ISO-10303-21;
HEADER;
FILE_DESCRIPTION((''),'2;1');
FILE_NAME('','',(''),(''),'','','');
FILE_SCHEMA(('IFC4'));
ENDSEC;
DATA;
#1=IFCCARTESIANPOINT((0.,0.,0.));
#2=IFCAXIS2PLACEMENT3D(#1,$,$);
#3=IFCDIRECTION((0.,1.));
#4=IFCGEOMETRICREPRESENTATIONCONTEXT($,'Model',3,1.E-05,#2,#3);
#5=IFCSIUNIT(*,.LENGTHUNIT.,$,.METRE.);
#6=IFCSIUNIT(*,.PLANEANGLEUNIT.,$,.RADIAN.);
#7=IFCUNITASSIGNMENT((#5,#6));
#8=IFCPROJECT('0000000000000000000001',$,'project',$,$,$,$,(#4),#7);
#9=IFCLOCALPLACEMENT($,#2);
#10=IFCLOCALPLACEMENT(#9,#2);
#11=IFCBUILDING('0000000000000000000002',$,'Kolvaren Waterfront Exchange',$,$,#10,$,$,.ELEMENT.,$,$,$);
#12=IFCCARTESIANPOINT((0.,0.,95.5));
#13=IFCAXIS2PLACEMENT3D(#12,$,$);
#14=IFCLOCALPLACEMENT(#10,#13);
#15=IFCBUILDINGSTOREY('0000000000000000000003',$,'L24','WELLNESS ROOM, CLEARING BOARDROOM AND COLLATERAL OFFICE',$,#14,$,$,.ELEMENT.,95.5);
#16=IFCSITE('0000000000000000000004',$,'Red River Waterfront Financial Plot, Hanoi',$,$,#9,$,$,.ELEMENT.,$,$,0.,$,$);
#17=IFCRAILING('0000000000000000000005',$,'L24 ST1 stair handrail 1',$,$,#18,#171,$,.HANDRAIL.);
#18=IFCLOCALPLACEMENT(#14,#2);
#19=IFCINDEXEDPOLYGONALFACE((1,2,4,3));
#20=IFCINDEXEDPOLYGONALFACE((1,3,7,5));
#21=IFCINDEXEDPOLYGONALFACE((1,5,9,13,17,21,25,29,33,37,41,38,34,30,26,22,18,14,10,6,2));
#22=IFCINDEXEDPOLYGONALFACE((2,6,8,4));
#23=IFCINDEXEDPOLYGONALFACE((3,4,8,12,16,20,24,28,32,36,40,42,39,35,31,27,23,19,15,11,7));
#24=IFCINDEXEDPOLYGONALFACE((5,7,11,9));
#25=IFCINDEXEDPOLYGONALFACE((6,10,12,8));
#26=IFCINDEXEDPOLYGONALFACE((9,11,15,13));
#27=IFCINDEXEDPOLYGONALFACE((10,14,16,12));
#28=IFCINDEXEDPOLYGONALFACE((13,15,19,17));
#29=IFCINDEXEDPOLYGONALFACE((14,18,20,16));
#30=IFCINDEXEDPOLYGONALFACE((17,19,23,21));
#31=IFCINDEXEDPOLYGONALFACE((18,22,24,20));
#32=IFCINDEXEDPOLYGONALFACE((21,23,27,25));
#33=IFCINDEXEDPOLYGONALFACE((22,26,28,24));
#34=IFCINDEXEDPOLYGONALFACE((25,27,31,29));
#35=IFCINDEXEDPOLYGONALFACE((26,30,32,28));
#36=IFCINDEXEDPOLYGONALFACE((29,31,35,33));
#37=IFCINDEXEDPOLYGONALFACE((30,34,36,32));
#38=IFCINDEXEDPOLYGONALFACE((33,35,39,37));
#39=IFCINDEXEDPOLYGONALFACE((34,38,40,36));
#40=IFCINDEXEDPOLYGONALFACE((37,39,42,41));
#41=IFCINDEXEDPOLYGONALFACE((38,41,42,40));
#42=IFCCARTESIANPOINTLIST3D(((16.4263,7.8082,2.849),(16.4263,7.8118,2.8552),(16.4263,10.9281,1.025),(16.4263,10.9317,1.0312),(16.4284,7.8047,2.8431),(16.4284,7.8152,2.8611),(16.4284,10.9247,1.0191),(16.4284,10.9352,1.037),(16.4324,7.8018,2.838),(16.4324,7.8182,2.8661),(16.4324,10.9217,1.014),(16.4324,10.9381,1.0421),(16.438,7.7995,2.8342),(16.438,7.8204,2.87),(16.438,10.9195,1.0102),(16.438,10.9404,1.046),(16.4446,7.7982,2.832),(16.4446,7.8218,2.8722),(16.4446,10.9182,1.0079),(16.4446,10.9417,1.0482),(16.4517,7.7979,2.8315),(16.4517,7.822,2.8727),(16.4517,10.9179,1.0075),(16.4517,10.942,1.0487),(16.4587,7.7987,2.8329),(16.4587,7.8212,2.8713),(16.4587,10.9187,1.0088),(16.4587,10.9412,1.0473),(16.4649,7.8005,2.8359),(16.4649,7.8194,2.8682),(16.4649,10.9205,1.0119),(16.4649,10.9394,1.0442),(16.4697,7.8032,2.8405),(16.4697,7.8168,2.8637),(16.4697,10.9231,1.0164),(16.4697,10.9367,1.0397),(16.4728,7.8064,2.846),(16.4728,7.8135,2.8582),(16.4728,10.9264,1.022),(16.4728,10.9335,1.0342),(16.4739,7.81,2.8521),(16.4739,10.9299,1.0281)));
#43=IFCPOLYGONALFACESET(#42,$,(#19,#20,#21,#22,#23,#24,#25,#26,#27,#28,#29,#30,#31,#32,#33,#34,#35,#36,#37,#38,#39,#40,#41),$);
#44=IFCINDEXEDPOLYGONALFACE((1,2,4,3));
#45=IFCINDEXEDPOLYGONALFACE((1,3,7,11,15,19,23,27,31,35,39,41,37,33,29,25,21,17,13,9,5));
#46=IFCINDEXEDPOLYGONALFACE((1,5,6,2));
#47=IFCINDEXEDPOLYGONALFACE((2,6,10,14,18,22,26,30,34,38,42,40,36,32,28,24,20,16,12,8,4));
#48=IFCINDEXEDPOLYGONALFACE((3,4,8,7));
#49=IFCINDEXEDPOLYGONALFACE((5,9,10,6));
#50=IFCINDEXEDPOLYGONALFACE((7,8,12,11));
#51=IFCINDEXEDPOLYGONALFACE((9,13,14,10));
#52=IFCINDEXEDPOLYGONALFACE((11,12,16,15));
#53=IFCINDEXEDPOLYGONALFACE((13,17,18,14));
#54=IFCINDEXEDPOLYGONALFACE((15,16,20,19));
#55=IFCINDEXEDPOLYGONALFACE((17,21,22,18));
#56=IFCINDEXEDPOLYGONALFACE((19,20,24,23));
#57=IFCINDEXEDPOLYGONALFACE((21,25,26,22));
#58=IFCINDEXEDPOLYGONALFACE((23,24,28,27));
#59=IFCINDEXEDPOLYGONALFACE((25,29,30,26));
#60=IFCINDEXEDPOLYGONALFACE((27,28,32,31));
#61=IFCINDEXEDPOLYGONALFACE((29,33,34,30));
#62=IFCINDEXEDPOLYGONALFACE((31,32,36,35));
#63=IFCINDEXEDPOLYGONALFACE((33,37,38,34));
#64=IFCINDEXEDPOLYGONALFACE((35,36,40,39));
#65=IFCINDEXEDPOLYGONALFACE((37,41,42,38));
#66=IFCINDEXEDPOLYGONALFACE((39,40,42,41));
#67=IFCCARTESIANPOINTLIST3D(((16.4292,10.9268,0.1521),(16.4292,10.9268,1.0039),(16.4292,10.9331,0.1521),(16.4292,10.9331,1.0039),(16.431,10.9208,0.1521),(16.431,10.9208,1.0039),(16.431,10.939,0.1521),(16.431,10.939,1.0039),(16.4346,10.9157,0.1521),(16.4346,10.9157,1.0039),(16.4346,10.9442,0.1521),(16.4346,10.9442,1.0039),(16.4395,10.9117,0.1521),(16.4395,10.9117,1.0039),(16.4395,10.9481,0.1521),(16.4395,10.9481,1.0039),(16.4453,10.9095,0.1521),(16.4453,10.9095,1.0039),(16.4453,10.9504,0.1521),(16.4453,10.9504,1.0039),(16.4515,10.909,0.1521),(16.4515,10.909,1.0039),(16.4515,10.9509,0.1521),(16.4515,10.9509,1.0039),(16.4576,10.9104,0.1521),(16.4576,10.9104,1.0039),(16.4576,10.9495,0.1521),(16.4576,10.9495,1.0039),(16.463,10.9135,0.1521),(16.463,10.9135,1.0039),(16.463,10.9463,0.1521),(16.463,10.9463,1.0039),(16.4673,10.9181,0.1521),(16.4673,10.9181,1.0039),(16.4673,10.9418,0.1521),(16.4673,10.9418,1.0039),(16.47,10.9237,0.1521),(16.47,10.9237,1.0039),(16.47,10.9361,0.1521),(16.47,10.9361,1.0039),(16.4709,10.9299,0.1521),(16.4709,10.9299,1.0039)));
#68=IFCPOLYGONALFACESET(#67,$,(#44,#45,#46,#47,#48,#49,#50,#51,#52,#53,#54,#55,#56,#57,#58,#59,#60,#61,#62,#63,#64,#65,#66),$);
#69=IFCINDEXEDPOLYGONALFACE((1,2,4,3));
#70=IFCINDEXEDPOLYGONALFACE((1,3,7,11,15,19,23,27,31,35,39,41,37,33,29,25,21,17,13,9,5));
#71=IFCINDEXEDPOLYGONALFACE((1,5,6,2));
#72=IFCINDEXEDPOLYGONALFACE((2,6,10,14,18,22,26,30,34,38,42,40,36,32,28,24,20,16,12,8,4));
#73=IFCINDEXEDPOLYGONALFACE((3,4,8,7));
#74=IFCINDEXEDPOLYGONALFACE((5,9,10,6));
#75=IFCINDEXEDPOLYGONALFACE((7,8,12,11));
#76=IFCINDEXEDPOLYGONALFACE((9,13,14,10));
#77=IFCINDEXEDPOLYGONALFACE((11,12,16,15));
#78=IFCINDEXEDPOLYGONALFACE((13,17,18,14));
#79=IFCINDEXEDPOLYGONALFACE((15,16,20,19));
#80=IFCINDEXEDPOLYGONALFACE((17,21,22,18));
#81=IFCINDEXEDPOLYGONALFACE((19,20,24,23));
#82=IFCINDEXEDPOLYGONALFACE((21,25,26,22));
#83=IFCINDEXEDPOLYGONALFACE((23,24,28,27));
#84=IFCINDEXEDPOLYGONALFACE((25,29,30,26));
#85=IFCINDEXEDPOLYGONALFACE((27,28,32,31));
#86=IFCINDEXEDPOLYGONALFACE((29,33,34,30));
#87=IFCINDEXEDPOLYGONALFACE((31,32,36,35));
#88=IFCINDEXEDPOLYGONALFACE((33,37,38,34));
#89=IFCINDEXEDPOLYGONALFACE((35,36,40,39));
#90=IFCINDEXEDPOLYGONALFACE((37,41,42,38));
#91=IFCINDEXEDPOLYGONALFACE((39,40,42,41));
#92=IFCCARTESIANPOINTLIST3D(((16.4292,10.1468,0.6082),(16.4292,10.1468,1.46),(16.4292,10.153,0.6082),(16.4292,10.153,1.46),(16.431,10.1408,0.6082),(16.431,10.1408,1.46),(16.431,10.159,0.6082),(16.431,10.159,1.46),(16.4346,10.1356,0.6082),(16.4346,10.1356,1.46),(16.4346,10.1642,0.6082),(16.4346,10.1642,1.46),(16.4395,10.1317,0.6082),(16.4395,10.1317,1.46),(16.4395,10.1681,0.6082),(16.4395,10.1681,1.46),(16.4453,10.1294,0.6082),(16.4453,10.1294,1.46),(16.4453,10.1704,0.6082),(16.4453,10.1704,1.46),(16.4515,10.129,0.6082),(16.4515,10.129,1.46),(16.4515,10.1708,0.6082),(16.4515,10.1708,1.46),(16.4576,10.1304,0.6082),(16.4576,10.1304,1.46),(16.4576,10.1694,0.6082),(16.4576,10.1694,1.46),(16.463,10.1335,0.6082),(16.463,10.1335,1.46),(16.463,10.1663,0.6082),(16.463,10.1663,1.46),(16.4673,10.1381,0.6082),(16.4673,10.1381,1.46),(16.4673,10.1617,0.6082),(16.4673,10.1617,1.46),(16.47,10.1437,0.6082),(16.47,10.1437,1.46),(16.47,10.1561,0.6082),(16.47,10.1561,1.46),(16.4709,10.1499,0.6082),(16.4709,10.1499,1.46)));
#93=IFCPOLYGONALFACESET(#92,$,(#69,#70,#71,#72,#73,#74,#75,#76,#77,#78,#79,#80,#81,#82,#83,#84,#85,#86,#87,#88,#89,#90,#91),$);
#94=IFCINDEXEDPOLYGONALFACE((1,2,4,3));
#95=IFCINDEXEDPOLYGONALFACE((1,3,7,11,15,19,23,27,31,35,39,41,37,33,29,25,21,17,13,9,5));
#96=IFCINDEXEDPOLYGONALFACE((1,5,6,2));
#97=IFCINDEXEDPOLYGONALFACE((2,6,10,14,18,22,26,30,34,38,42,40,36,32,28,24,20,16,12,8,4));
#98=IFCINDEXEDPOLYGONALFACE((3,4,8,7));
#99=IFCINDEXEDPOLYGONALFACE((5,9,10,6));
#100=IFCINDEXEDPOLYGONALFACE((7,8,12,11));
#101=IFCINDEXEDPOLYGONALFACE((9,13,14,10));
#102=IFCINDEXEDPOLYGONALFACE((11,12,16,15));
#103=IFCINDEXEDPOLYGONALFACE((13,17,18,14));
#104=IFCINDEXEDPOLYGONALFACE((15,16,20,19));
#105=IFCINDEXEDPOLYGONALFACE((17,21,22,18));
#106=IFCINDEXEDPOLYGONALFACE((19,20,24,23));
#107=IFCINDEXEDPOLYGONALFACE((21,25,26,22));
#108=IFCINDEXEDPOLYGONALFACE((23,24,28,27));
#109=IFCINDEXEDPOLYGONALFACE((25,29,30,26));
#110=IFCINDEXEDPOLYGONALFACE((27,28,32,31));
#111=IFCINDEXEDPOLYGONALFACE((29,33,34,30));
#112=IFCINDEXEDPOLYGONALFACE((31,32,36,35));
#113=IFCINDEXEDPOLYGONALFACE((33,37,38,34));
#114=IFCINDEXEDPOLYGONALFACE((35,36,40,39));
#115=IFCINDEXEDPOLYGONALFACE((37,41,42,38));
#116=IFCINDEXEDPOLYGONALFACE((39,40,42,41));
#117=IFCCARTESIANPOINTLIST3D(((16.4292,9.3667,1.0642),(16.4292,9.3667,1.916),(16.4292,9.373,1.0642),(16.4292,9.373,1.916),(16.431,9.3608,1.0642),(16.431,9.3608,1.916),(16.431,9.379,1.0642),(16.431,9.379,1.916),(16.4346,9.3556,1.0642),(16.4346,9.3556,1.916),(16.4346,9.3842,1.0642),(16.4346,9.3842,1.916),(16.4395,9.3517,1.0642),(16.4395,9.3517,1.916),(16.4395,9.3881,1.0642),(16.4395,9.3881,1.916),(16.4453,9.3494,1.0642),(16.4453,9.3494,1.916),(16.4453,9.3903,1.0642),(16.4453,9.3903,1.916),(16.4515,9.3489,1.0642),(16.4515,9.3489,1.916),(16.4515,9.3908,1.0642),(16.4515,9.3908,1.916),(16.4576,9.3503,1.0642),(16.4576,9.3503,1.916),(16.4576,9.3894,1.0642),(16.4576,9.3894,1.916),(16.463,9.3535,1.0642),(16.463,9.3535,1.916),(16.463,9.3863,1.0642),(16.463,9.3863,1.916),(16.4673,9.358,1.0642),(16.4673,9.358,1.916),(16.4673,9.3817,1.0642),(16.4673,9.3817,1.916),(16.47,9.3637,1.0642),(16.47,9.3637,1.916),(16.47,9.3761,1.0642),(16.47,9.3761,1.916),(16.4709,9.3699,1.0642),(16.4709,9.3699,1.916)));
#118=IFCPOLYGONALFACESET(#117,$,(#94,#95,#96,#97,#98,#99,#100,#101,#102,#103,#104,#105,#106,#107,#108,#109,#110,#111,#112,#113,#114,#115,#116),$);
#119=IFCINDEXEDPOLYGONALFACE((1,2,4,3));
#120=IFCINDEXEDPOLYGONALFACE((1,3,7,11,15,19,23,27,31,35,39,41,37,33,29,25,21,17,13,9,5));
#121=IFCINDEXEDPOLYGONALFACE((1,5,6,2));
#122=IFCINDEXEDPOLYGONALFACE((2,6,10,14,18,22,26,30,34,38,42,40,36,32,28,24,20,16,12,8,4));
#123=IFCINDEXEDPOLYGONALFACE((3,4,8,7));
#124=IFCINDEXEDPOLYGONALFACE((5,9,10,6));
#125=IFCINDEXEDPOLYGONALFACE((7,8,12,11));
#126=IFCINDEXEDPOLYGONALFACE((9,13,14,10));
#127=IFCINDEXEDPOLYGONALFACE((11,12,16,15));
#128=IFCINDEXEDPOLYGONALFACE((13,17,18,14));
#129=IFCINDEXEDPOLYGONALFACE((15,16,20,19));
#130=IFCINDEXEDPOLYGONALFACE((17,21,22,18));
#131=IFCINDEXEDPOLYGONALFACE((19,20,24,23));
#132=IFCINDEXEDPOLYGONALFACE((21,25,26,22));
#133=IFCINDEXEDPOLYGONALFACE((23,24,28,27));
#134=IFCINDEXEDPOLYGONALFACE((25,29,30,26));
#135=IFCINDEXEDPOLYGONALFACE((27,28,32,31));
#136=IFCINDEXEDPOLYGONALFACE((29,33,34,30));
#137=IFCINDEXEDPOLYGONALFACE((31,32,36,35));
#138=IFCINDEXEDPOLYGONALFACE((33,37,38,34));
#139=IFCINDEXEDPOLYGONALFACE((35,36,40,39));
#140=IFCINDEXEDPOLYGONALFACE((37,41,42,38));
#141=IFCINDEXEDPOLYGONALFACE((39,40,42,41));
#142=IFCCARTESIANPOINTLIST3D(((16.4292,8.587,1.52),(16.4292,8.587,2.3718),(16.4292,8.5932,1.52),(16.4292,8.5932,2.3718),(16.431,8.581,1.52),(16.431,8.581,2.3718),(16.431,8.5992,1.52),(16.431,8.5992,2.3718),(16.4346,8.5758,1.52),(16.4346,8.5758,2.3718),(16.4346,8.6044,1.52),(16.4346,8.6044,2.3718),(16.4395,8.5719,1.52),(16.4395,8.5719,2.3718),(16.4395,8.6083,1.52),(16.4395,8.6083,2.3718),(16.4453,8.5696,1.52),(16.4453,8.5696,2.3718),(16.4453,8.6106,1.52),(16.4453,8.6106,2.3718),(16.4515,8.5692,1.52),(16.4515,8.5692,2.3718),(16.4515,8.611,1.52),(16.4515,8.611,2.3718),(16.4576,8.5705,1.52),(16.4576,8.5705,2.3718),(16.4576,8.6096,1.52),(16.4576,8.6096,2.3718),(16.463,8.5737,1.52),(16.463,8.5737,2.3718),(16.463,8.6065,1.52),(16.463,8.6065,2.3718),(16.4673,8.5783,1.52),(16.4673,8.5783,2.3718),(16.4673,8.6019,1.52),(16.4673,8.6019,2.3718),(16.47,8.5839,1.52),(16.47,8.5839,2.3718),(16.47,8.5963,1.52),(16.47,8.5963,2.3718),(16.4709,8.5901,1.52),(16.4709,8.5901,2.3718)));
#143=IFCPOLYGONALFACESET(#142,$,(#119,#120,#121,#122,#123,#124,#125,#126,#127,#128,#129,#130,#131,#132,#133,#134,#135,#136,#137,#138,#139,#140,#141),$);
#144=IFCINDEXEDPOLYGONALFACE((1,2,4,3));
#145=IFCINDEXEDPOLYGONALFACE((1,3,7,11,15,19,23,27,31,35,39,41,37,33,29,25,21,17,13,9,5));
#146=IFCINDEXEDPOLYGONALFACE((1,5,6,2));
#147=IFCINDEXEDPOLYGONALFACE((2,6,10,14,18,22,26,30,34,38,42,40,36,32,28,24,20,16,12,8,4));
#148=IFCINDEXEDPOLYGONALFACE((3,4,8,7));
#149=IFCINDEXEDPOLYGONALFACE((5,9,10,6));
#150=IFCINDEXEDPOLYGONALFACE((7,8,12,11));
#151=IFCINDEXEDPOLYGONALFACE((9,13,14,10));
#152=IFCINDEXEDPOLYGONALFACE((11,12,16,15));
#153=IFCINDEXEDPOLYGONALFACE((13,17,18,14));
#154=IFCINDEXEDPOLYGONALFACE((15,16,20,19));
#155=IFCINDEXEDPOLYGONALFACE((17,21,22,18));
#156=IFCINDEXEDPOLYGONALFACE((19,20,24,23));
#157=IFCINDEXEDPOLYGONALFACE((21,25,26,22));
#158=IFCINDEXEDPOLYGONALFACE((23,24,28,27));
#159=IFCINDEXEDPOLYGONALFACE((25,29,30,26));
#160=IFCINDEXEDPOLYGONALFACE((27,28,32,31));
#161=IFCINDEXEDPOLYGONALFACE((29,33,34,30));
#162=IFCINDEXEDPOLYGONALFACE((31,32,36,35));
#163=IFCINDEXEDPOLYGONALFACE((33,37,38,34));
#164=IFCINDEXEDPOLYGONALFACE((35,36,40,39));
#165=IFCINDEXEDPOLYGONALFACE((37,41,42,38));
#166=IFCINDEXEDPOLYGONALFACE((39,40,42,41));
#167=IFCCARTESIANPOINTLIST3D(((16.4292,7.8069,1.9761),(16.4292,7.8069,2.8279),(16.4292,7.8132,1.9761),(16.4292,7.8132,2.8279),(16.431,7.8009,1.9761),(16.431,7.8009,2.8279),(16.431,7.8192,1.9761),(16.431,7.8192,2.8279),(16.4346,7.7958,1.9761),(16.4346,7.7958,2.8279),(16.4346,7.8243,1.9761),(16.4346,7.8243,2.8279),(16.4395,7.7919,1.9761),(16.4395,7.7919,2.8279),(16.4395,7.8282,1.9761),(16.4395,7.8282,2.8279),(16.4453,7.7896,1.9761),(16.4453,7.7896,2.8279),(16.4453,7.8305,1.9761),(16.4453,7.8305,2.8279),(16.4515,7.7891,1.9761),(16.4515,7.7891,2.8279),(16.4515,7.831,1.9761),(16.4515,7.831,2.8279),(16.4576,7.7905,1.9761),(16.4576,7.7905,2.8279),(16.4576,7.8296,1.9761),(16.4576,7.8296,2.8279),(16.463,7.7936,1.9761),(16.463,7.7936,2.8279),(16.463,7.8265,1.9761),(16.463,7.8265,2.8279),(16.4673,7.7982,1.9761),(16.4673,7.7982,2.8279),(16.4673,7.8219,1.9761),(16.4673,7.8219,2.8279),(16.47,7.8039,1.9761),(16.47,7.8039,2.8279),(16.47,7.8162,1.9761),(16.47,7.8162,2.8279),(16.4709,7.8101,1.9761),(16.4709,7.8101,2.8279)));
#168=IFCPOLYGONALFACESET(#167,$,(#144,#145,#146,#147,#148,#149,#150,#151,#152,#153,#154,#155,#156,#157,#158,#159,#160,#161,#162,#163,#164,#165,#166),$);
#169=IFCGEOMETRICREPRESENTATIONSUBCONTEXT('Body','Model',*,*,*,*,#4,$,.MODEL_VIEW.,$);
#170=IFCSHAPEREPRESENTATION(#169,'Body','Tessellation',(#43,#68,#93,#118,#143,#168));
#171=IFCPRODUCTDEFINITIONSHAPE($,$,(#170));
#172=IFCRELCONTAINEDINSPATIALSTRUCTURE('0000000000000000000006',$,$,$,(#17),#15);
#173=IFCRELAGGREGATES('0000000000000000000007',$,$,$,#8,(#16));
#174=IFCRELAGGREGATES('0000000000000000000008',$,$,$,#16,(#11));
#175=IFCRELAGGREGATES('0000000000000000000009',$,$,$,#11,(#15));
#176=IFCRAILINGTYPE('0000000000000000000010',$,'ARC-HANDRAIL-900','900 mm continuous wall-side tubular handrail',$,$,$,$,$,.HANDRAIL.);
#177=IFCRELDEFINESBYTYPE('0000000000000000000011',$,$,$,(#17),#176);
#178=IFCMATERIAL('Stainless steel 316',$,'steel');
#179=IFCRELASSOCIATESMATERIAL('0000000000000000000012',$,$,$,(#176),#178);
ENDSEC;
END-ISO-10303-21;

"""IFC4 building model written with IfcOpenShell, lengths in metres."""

from ifc_helpers import new_model, si_unit, direction, frame, origin, origin_2d, place, context, subcontext, project, spatial, circle, extrude, material, type_object, element, save


model = new_model("IFC4")

# Units and contexts
model_context = context("Model", 3, precision=1e-05, world=origin(), true_north=direction((0.0, 1.0)))
body_context = subcontext(model_context, "Body", "Model", "MODEL_VIEW")
ifc_project = project(units=[si_unit("LENGTHUNIT", "METRE"), si_unit("PLANEANGLEUNIT", "RADIAN")], contexts=[model_context])

# Site, building, storey
site_placement = place(None, origin())
site = spatial("IfcSite", under=ifc_project, at=site_placement, Name="Red River Waterfront Financial Plot, Hanoi", CompositionType="ELEMENT", RefElevation=0.0)
building_placement = place(site_placement, origin())
building = spatial("IfcBuilding", under=site, at=building_placement, Name="Kolvaren Waterfront Exchange", CompositionType="ELEMENT")
storey_placement = place(building_placement, frame((0.0, 0.0, 95.5)))
storey = spatial("IfcBuildingStorey", under=building, at=storey_placement, Name="L24", Description="WELLNESS ROOM, CLEARING BOARDROOM AND COLLATERAL OFFICE", CompositionType="ELEMENT", Elevation=95.5)

# Railing
ifc_material_1 = material(Name="Stainless steel 316", Category="steel")
railing_type_1 = type_object("IfcRailingType", Name="ARC-HANDRAIL-900", Description="900 mm continuous wall-side tubular handrail", PredefinedType="HANDRAIL", material=ifc_material_1)
railing_1_placement = place(storey_placement, frame((16.45, 10.9299, 0.1521)))
element("IfcRailing", 1, at=railing_1_placement, inside=storey, type_object=railing_type_1, Name="L24 ST1 stair handrail 1", PredefinedType="HANDRAIL", context=body_context, shape_type="SweptSolid", body=[
    extrude(circle(Radius=0.0239, at=origin_2d()), frame((0.0, 0.0, 0.876), z_axis=(0.0, -0.863291, 0.504707), x_axis=(1.0, 0.0, 0.0)), (0.0, 0.0, 1.0), 3.614),
    extrude(circle(Radius=0.021, at=origin_2d()), origin(), (0.0, 0.0, 1.0), 0.8518),
    extrude(circle(Radius=0.021, at=origin_2d()), frame((0.0, -0.78, 0.4561)), (0.0, 0.0, 1.0), 0.8518),
    extrude(circle(Radius=0.021, at=origin_2d()), frame((0.0, -1.5601, 0.9121)), (0.0, 0.0, 1.0), 0.8518),
    extrude(circle(Radius=0.021, at=origin_2d()), frame((0.0, -2.3398, 1.3679)), (0.0, 0.0, 1.0), 0.8518),
    extrude(circle(Radius=0.021, at=origin_2d()), frame((0.0, -3.1199, 1.824)), (0.0, 0.0, 1.0), 0.8518),
])

save(model, "model.ifc")
